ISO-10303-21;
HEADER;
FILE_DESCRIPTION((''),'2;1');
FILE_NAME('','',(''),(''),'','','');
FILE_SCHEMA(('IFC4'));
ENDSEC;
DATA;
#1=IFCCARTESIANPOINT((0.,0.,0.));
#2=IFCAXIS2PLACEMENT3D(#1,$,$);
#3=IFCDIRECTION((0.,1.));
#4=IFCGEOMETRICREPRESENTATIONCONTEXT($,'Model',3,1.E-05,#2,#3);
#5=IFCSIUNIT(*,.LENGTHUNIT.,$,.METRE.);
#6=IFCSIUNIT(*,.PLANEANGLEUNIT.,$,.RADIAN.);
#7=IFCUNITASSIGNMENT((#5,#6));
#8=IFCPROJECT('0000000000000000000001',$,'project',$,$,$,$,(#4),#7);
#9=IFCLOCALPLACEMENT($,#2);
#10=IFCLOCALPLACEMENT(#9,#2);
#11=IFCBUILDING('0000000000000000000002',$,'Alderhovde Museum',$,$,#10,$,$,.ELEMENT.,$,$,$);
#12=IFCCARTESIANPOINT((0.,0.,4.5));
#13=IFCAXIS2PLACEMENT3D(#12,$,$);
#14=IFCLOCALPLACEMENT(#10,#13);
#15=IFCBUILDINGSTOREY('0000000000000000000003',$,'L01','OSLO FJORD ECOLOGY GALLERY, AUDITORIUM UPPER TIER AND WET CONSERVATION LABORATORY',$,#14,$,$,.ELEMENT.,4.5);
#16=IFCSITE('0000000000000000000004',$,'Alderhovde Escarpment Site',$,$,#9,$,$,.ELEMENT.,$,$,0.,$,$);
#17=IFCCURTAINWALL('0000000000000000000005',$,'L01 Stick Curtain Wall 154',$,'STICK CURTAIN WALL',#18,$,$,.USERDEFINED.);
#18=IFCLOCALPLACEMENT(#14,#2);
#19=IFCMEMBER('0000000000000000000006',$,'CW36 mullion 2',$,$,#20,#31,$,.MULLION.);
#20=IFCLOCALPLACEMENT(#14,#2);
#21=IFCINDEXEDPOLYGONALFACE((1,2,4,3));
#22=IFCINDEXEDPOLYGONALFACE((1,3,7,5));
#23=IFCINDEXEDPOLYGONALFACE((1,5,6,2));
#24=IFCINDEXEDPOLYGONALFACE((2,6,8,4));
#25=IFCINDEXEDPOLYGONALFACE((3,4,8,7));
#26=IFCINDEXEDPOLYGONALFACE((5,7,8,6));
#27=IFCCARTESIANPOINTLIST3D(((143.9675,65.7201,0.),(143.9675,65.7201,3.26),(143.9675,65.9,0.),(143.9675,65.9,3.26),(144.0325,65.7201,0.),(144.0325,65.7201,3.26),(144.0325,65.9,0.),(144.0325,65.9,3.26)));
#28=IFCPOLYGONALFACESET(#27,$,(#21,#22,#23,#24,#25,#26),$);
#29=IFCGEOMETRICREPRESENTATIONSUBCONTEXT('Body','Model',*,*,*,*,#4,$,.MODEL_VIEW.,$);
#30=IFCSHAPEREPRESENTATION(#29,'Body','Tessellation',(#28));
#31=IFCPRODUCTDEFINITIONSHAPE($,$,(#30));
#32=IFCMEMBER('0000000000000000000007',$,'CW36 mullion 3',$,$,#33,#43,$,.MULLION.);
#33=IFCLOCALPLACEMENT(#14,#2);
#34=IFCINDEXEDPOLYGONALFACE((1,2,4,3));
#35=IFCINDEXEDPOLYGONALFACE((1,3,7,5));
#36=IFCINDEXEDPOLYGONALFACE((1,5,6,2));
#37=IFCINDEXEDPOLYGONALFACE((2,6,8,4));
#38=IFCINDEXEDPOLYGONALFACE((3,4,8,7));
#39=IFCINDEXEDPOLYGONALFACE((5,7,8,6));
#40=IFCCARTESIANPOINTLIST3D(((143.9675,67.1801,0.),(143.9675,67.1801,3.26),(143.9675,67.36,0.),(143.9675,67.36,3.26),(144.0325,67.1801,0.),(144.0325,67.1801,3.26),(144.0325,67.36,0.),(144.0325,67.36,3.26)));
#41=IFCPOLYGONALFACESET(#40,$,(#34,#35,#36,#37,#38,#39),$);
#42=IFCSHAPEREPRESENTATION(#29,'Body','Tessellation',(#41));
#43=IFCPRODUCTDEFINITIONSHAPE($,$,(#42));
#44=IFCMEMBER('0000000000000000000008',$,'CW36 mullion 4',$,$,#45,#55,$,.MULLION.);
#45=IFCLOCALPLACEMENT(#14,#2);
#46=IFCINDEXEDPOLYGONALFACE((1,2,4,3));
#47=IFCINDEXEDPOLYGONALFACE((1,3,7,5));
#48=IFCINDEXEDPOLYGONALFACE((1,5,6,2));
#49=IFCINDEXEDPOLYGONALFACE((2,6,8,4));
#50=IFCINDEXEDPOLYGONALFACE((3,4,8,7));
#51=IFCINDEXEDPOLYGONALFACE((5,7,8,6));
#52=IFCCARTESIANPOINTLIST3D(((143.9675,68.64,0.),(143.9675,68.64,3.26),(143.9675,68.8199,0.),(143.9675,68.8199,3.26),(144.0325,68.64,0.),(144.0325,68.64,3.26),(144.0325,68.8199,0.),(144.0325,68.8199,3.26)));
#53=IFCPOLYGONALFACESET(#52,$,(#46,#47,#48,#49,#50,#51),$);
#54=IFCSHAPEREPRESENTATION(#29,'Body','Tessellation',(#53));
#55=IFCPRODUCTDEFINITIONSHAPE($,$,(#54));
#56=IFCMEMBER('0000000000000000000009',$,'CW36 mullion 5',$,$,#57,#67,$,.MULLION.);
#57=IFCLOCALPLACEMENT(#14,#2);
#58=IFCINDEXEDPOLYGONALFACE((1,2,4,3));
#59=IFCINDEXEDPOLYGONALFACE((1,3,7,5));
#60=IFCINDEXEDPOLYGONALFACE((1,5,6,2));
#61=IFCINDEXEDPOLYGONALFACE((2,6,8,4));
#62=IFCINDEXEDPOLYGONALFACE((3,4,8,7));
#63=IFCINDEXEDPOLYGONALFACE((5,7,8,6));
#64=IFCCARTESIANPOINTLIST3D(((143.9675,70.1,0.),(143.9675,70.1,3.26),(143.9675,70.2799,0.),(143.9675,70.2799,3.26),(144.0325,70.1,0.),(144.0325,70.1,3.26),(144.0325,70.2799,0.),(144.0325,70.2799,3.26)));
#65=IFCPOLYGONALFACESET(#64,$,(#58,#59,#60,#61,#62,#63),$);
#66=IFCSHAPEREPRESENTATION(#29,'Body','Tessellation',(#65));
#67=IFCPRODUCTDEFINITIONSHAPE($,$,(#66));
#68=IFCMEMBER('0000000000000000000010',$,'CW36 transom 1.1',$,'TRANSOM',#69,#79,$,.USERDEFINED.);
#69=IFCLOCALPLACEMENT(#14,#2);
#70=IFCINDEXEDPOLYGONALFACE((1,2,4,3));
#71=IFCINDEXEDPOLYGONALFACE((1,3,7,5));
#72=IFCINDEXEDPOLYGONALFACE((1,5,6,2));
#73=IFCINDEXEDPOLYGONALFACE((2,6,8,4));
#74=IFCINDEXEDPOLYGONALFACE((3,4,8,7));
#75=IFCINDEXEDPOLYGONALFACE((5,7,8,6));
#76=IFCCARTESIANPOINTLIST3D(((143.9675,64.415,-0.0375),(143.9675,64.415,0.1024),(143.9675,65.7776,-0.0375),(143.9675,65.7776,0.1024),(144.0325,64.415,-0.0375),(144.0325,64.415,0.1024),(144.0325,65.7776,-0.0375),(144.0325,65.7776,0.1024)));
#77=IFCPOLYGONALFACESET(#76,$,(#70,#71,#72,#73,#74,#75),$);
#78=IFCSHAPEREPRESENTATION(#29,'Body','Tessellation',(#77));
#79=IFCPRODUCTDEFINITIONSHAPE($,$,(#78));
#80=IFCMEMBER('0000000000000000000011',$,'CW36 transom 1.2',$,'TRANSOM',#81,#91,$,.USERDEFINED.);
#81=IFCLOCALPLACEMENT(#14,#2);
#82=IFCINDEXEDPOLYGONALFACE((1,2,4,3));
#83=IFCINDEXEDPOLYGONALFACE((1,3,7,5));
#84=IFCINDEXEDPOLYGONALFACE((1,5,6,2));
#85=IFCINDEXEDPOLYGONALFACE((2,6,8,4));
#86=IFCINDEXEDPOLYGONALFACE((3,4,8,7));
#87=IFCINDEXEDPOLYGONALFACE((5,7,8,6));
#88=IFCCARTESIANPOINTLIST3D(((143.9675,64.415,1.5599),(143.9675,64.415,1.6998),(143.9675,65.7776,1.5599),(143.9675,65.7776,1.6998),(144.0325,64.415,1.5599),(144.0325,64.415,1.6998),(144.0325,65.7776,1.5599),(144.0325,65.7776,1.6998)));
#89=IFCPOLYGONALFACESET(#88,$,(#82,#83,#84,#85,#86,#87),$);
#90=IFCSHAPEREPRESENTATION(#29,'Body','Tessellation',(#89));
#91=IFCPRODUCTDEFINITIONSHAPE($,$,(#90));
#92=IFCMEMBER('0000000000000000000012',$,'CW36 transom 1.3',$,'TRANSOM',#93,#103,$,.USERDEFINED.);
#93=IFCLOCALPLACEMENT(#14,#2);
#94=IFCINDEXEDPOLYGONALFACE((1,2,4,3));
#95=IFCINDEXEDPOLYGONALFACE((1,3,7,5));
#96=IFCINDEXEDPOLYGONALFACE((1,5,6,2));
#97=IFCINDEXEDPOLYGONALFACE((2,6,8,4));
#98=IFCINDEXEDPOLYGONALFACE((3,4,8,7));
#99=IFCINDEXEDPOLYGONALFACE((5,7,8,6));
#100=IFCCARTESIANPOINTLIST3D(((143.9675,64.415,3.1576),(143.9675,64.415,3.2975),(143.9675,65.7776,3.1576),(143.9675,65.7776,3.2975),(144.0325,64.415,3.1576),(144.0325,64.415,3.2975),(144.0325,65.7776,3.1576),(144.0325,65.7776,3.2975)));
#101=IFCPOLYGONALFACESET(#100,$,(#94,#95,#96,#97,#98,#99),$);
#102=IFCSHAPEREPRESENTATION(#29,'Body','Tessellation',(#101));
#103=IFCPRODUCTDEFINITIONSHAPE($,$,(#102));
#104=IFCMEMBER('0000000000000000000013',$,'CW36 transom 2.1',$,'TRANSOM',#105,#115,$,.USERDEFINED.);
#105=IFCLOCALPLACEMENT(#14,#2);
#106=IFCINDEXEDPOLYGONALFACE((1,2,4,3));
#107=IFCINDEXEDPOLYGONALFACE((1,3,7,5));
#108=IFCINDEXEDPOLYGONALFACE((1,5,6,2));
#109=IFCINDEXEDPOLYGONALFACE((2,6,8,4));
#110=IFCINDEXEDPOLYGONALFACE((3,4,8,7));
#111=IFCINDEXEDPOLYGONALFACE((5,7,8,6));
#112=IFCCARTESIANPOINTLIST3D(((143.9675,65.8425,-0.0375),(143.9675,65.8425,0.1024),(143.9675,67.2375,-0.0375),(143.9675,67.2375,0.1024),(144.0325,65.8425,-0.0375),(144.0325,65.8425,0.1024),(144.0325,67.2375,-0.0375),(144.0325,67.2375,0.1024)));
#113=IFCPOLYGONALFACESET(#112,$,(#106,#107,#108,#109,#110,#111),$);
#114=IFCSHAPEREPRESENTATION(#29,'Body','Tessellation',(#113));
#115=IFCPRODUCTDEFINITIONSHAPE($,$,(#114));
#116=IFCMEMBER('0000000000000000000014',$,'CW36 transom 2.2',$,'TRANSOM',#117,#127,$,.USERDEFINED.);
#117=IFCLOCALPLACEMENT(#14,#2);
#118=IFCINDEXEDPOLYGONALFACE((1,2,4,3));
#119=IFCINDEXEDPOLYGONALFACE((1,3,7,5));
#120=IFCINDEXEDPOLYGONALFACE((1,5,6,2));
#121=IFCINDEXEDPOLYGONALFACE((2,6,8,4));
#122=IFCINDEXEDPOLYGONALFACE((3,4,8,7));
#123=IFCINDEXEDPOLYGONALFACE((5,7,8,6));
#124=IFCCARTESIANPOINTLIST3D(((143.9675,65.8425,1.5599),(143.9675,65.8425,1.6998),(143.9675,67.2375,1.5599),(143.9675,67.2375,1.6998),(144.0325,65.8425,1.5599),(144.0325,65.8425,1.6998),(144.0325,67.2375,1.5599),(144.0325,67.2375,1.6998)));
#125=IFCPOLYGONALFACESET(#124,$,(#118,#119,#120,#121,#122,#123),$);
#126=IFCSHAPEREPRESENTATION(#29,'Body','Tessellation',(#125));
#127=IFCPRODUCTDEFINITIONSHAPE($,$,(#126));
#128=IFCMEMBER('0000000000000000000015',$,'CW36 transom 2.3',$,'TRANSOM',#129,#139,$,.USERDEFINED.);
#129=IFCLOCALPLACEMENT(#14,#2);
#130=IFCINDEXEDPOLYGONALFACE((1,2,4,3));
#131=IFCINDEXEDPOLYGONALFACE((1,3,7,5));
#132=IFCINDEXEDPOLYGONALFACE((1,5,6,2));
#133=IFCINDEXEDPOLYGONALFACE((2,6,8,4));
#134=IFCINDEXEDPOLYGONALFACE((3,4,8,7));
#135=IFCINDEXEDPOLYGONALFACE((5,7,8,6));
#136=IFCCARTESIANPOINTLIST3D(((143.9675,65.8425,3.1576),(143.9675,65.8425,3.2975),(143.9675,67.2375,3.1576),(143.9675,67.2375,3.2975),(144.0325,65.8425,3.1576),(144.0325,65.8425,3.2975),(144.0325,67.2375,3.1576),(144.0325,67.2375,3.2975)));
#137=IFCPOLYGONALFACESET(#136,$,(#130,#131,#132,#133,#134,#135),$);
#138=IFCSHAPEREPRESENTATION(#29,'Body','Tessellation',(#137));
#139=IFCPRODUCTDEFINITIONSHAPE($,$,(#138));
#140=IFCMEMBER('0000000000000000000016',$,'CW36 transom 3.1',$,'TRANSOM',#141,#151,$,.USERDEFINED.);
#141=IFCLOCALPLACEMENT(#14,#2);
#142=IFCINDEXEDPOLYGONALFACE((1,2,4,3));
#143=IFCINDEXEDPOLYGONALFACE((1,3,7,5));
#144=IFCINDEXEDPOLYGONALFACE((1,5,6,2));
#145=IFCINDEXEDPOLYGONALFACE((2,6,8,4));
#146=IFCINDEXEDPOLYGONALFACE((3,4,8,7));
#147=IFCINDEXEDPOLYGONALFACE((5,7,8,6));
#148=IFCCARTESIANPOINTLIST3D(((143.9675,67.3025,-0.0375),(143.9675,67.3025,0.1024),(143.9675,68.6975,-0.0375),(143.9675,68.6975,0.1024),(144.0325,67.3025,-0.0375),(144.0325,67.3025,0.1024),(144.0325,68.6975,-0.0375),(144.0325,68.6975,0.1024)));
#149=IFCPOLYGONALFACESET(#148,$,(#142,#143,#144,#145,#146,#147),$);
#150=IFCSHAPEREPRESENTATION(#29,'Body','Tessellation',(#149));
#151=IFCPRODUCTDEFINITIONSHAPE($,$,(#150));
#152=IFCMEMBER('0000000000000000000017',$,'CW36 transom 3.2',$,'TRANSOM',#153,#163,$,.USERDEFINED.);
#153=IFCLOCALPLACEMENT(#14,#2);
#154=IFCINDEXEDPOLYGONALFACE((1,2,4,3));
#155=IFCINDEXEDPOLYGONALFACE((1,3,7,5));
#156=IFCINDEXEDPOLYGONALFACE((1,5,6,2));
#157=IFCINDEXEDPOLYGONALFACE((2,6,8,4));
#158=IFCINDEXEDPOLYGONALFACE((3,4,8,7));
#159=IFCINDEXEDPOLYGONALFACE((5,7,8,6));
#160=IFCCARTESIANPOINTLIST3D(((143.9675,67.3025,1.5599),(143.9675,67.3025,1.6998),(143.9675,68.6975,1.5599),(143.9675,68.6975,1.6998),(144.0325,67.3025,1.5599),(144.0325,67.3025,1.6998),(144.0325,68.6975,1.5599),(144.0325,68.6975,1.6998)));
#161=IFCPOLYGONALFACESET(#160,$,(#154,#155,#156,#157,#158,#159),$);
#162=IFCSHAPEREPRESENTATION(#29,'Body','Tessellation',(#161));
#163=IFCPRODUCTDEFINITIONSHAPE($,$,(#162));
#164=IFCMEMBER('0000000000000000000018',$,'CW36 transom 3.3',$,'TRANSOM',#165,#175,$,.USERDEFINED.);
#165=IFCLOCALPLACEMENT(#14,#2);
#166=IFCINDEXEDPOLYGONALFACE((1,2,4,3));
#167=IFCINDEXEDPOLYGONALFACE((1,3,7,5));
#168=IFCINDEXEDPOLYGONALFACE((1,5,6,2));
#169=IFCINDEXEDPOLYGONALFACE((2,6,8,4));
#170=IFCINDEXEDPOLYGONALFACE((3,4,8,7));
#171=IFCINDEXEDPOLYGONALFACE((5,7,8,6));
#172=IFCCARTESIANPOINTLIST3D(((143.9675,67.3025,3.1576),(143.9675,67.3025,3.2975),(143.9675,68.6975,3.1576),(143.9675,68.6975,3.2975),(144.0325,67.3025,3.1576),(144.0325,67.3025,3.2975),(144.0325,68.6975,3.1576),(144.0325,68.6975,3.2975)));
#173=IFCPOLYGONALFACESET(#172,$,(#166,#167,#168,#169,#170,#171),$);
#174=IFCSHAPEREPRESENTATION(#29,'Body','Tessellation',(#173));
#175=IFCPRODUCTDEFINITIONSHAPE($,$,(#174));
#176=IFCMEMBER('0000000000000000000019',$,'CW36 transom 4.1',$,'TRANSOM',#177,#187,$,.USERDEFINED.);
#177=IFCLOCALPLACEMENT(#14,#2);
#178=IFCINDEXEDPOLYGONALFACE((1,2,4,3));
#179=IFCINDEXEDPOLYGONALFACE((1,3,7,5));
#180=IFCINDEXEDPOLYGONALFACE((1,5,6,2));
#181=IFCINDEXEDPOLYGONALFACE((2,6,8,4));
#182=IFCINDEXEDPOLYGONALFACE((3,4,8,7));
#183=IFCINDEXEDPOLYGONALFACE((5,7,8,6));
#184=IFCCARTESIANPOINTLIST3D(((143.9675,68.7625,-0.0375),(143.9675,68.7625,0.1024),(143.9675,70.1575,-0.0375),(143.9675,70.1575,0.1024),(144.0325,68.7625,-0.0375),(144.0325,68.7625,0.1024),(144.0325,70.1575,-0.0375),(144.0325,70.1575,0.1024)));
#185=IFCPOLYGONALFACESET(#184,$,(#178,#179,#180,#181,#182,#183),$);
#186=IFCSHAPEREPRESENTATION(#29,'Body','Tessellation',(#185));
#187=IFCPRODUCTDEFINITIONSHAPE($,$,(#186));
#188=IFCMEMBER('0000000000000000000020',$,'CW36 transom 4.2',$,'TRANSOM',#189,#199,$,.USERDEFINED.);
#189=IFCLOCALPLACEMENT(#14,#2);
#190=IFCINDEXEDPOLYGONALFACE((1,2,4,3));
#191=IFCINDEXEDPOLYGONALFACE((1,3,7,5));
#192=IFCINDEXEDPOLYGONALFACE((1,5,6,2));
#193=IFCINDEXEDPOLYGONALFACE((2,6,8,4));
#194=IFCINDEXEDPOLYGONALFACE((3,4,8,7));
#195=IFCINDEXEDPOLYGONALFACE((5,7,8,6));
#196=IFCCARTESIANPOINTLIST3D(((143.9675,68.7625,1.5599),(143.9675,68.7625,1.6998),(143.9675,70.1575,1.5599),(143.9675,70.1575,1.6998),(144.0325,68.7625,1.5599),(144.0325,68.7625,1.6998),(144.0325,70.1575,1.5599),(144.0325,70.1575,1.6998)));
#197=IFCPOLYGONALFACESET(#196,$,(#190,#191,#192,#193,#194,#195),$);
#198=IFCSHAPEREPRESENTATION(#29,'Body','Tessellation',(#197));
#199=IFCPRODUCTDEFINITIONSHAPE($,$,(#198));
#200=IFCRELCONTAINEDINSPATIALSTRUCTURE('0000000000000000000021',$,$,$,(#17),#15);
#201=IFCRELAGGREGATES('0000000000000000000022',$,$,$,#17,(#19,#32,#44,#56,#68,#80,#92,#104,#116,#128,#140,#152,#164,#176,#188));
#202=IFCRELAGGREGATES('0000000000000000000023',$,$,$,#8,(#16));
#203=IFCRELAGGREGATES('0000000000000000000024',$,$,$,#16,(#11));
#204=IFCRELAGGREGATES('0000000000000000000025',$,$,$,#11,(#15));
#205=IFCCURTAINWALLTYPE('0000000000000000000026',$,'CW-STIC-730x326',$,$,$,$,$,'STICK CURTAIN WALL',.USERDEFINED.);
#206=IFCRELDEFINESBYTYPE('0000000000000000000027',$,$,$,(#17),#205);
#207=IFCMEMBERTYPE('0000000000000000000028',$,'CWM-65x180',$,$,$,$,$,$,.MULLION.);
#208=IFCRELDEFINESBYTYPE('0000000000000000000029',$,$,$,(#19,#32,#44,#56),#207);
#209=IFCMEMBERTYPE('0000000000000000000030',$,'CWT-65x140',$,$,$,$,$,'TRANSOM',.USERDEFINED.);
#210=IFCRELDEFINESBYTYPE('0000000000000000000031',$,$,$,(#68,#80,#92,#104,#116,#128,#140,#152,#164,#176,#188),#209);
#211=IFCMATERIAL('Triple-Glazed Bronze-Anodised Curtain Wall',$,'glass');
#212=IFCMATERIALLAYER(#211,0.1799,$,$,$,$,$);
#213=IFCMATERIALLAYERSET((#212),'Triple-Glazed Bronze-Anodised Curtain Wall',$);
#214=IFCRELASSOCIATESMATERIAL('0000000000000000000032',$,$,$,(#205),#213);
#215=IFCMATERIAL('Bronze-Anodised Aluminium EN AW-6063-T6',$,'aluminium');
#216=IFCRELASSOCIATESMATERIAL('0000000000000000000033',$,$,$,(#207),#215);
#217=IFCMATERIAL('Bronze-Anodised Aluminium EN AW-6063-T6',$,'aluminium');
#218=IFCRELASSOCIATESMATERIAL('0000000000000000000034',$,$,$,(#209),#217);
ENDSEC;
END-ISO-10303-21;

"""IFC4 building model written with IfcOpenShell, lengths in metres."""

from ifc_helpers import new_model, si_unit, direction, frame, origin, origin_2d, place, context, subcontext, project, spatial, rectangle, extrude, material, layer, layer_set, material_profile, profile_set, type_object, element, aggregate, save


model = new_model("IFC4")

# Units and contexts
model_context = context("Model", 3, precision=1e-05, world=origin(), true_north=direction((0.0, 1.0)))
body_context = subcontext(model_context, "Body", "Model", "MODEL_VIEW")
ifc_project = project(units=[si_unit("LENGTHUNIT", "METRE"), si_unit("PLANEANGLEUNIT", "RADIAN")], contexts=[model_context])

# Site, building, storey
site_placement = place(None, origin())
site = spatial("IfcSite", under=ifc_project, at=site_placement, Name="Alderhovde Escarpment Site", CompositionType="ELEMENT", RefElevation=0.0)
building_placement = place(site_placement, origin())
building = spatial("IfcBuilding", under=site, at=building_placement, Name="Alderhovde Museum", CompositionType="ELEMENT")
storey_placement = place(building_placement, frame((0.0, 0.0, 4.5)))
storey = spatial("IfcBuildingStorey", under=building, at=storey_placement, Name="L01", Description="OSLO FJORD ECOLOGY GALLERY, AUDITORIUM UPPER TIER AND WET CONSERVATION LABORATORY", CompositionType="ELEMENT", Elevation=4.5)

# Curtain wall, members
ifc_material_1 = material(Name="Triple-Glazed Bronze-Anodised Curtain Wall", Category="glass")
ifc_layer_1 = layer(ifc_material_1, 0.1799)
ifc_layer_set_1 = layer_set([ifc_layer_1], Name="Triple-Glazed Bronze-Anodised Curtain Wall")
curtain_wall_type = type_object("IfcCurtainWallType", Name="CW-STIC-730x326", ElementType="STICK CURTAIN WALL", PredefinedType="USERDEFINED", material=ifc_layer_set_1)
curtain_wall_placement = place(storey_placement, origin())
curtain_wall = element("IfcCurtainWall", 1, at=curtain_wall_placement, inside=storey, type_object=curtain_wall_type, Name="L01 Stick Curtain Wall 154", ObjectType="STICK CURTAIN WALL", PredefinedType="USERDEFINED")
ifc_material_2 = material(Name="Bronze-Anodised Aluminium EN AW-6063-T6", Category="aluminium")
ifc_material_profile_1 = material_profile(ifc_material_2, rectangle(XDim=0.0649, YDim=0.1799, at=origin_2d()), Name="MULLION 65x180")
ifc_profile_set_1 = profile_set([ifc_material_profile_1], Name="Bronze-Anodised Aluminium EN AW-6063-T6")
member_type_1 = type_object("IfcMemberType", Name="CWM-65x180", PredefinedType="MULLION", material=ifc_profile_set_1)
member_1_placement = place(storey_placement, frame((144.0, 65.8101, 0.0), z_axis=(0.0, 0.0, 1.0), x_axis=(-1.0, 0.0, 0.0)))
member_1 = element("IfcMember", 2, at=member_1_placement, type_object=member_type_1, Name="CW36 mullion 2", PredefinedType="MULLION", context=body_context, shape_type="SweptSolid", body=[
    extrude(rectangle(XDim=0.0649, YDim=0.1799, at=origin_2d()), origin(), (0.0, 0.0, 1.0), 3.26),
])
member_2_placement = place(storey_placement, frame((144.0, 67.27, 0.0), z_axis=(0.0, 0.0, 1.0), x_axis=(-1.0, 0.0, 0.0)))
member_2 = element("IfcMember", 3, at=member_2_placement, type_object=member_type_1, Name="CW36 mullion 3", PredefinedType="MULLION", context=body_context, shape_type="SweptSolid", body=[
    extrude(rectangle(XDim=0.0649, YDim=0.1799, at=origin_2d()), origin(), (0.0, 0.0, 1.0), 3.26),
])
member_3_placement = place(storey_placement, frame((144.0, 68.73, 0.0), z_axis=(0.0, 0.0, 1.0), x_axis=(-1.0, 0.0, 0.0)))
member_3 = element("IfcMember", 4, at=member_3_placement, type_object=member_type_1, Name="CW36 mullion 4", PredefinedType="MULLION", context=body_context, shape_type="SweptSolid", body=[
    extrude(rectangle(XDim=0.0649, YDim=0.1799, at=origin_2d()), origin(), (0.0, 0.0, 1.0), 3.26),
])
member_4_placement = place(storey_placement, frame((144.0, 70.1899, 0.0), z_axis=(0.0, 0.0, 1.0), x_axis=(-1.0, 0.0, 0.0)))
member_4 = element("IfcMember", 5, at=member_4_placement, type_object=member_type_1, Name="CW36 mullion 5", PredefinedType="MULLION", context=body_context, shape_type="SweptSolid", body=[
    extrude(rectangle(XDim=0.0649, YDim=0.1799, at=origin_2d()), origin(), (0.0, 0.0, 1.0), 3.26),
])
ifc_material_3 = material(Name="Bronze-Anodised Aluminium EN AW-6063-T6", Category="aluminium")
ifc_material_profile_2 = material_profile(ifc_material_3, rectangle(XDim=0.0649, YDim=0.1399, at=origin_2d()), Name="TRANSOM 65x140")
ifc_profile_set_2 = profile_set([ifc_material_profile_2], Name="Bronze-Anodised Aluminium EN AW-6063-T6")
member_type_2 = type_object("IfcMemberType", Name="CWT-65x140", ElementType="TRANSOM", PredefinedType="USERDEFINED", material=ifc_profile_set_2)
member_5_placement = place(storey_placement, frame((144.0, 64.415, 0.0325), z_axis=(0.0, 1.0, 0.0), x_axis=(-1.0, 0.0, 0.0)))
member_5 = element("IfcMember", 6, at=member_5_placement, type_object=member_type_2, Name="CW36 transom 1.1", ObjectType="TRANSOM", PredefinedType="USERDEFINED", context=body_context, shape_type="SweptSolid", body=[
    extrude(rectangle(XDim=0.0649, YDim=0.1399, at=origin_2d()), origin(), (0.0, 0.0, 1.0), 1.3625),
])
member_6_placement = place(storey_placement, frame((144.0, 64.415, 1.6299), z_axis=(0.0, 1.0, 0.0), x_axis=(-1.0, 0.0, 0.0)))
member_6 = element("IfcMember", 7, at=member_6_placement, type_object=member_type_2, Name="CW36 transom 1.2", ObjectType="TRANSOM", PredefinedType="USERDEFINED", context=body_context, shape_type="SweptSolid", body=[
    extrude(rectangle(XDim=0.0649, YDim=0.1399, at=origin_2d()), origin(), (0.0, 0.0, 1.0), 1.3625),
])
member_7_placement = place(storey_placement, frame((144.0, 64.415, 3.2275), z_axis=(0.0, 1.0, 0.0), x_axis=(-1.0, 0.0, 0.0)))
member_7 = element("IfcMember", 8, at=member_7_placement, type_object=member_type_2, Name="CW36 transom 1.3", ObjectType="TRANSOM", PredefinedType="USERDEFINED", context=body_context, shape_type="SweptSolid", body=[
    extrude(rectangle(XDim=0.0649, YDim=0.1399, at=origin_2d()), origin(), (0.0, 0.0, 1.0), 1.3625),
])
member_8_placement = place(storey_placement, frame((144.0, 65.8425, 0.0325), z_axis=(0.0, 1.0, 0.0), x_axis=(-1.0, 0.0, 0.0)))
member_8 = element("IfcMember", 9, at=member_8_placement, type_object=member_type_2, Name="CW36 transom 2.1", ObjectType="TRANSOM", PredefinedType="USERDEFINED", context=body_context, shape_type="SweptSolid", body=[
    extrude(rectangle(XDim=0.0649, YDim=0.1399, at=origin_2d()), origin(), (0.0, 0.0, 1.0), 1.395),
])
member_9_placement = place(storey_placement, frame((144.0, 65.8425, 1.6299), z_axis=(0.0, 1.0, 0.0), x_axis=(-1.0, 0.0, 0.0)))
member_9 = element("IfcMember", 10, at=member_9_placement, type_object=member_type_2, Name="CW36 transom 2.2", ObjectType="TRANSOM", PredefinedType="USERDEFINED", context=body_context, shape_type="SweptSolid", body=[
    extrude(rectangle(XDim=0.0649, YDim=0.1399, at=origin_2d()), origin(), (0.0, 0.0, 1.0), 1.395),
])
member_10_placement = place(storey_placement, frame((144.0, 65.8425, 3.2275), z_axis=(0.0, 1.0, 0.0), x_axis=(-1.0, 0.0, 0.0)))
member_10 = element("IfcMember", 11, at=member_10_placement, type_object=member_type_2, Name="CW36 transom 2.3", ObjectType="TRANSOM", PredefinedType="USERDEFINED", context=body_context, shape_type="SweptSolid", body=[
    extrude(rectangle(XDim=0.0649, YDim=0.1399, at=origin_2d()), origin(), (0.0, 0.0, 1.0), 1.395),
])
member_11_placement = place(storey_placement, frame((144.0, 67.3025, 0.0325), z_axis=(0.0, 1.0, 0.0), x_axis=(-1.0, 0.0, 0.0)))
member_11 = element("IfcMember", 12, at=member_11_placement, type_object=member_type_2, Name="CW36 transom 3.1", ObjectType="TRANSOM", PredefinedType="USERDEFINED", context=body_context, shape_type="SweptSolid", body=[
    extrude(rectangle(XDim=0.0649, YDim=0.1399, at=origin_2d()), origin(), (0.0, 0.0, 1.0), 1.395),
])
member_12_placement = place(storey_placement, frame((144.0, 67.3025, 1.6299), z_axis=(0.0, 1.0, 0.0), x_axis=(-1.0, 0.0, 0.0)))
member_12 = element("IfcMember", 13, at=member_12_placement, type_object=member_type_2, Name="CW36 transom 3.2", ObjectType="TRANSOM", PredefinedType="USERDEFINED", context=body_context, shape_type="SweptSolid", body=[
    extrude(rectangle(XDim=0.0649, YDim=0.1399, at=origin_2d()), origin(), (0.0, 0.0, 1.0), 1.395),
])
member_13_placement = place(storey_placement, frame((144.0, 67.3025, 3.2275), z_axis=(0.0, 1.0, 0.0), x_axis=(-1.0, 0.0, 0.0)))
member_13 = element("IfcMember", 14, at=member_13_placement, type_object=member_type_2, Name="CW36 transom 3.3", ObjectType="TRANSOM", PredefinedType="USERDEFINED", context=body_context, shape_type="SweptSolid", body=[
    extrude(rectangle(XDim=0.0649, YDim=0.1399, at=origin_2d()), origin(), (0.0, 0.0, 1.0), 1.395),
])
member_14_placement = place(storey_placement, frame((144.0, 68.7625, 0.0325), z_axis=(0.0, 1.0, 0.0), x_axis=(-1.0, 0.0, 0.0)))
member_14 = element("IfcMember", 15, at=member_14_placement, type_object=member_type_2, Name="CW36 transom 4.1", ObjectType="TRANSOM", PredefinedType="USERDEFINED", context=body_context, shape_type="SweptSolid", body=[
    extrude(rectangle(XDim=0.0649, YDim=0.1399, at=origin_2d()), origin(), (0.0, 0.0, 1.0), 1.395),
])
member_15_placement = place(storey_placement, frame((144.0, 68.7625, 1.6299), z_axis=(0.0, 1.0, 0.0), x_axis=(-1.0, 0.0, 0.0)))
member_15 = element("IfcMember", 16, at=member_15_placement, type_object=member_type_2, Name="CW36 transom 4.2", ObjectType="TRANSOM", PredefinedType="USERDEFINED", context=body_context, shape_type="SweptSolid", body=[
    extrude(rectangle(XDim=0.0649, YDim=0.1399, at=origin_2d()), origin(), (0.0, 0.0, 1.0), 1.395),
])
aggregate(curtain_wall, [member_1, member_2, member_3, member_4, member_5, member_6, member_7, member_8, member_9, member_10, member_11, member_12, member_13, member_14, member_15])

save(model, "model.ifc")
